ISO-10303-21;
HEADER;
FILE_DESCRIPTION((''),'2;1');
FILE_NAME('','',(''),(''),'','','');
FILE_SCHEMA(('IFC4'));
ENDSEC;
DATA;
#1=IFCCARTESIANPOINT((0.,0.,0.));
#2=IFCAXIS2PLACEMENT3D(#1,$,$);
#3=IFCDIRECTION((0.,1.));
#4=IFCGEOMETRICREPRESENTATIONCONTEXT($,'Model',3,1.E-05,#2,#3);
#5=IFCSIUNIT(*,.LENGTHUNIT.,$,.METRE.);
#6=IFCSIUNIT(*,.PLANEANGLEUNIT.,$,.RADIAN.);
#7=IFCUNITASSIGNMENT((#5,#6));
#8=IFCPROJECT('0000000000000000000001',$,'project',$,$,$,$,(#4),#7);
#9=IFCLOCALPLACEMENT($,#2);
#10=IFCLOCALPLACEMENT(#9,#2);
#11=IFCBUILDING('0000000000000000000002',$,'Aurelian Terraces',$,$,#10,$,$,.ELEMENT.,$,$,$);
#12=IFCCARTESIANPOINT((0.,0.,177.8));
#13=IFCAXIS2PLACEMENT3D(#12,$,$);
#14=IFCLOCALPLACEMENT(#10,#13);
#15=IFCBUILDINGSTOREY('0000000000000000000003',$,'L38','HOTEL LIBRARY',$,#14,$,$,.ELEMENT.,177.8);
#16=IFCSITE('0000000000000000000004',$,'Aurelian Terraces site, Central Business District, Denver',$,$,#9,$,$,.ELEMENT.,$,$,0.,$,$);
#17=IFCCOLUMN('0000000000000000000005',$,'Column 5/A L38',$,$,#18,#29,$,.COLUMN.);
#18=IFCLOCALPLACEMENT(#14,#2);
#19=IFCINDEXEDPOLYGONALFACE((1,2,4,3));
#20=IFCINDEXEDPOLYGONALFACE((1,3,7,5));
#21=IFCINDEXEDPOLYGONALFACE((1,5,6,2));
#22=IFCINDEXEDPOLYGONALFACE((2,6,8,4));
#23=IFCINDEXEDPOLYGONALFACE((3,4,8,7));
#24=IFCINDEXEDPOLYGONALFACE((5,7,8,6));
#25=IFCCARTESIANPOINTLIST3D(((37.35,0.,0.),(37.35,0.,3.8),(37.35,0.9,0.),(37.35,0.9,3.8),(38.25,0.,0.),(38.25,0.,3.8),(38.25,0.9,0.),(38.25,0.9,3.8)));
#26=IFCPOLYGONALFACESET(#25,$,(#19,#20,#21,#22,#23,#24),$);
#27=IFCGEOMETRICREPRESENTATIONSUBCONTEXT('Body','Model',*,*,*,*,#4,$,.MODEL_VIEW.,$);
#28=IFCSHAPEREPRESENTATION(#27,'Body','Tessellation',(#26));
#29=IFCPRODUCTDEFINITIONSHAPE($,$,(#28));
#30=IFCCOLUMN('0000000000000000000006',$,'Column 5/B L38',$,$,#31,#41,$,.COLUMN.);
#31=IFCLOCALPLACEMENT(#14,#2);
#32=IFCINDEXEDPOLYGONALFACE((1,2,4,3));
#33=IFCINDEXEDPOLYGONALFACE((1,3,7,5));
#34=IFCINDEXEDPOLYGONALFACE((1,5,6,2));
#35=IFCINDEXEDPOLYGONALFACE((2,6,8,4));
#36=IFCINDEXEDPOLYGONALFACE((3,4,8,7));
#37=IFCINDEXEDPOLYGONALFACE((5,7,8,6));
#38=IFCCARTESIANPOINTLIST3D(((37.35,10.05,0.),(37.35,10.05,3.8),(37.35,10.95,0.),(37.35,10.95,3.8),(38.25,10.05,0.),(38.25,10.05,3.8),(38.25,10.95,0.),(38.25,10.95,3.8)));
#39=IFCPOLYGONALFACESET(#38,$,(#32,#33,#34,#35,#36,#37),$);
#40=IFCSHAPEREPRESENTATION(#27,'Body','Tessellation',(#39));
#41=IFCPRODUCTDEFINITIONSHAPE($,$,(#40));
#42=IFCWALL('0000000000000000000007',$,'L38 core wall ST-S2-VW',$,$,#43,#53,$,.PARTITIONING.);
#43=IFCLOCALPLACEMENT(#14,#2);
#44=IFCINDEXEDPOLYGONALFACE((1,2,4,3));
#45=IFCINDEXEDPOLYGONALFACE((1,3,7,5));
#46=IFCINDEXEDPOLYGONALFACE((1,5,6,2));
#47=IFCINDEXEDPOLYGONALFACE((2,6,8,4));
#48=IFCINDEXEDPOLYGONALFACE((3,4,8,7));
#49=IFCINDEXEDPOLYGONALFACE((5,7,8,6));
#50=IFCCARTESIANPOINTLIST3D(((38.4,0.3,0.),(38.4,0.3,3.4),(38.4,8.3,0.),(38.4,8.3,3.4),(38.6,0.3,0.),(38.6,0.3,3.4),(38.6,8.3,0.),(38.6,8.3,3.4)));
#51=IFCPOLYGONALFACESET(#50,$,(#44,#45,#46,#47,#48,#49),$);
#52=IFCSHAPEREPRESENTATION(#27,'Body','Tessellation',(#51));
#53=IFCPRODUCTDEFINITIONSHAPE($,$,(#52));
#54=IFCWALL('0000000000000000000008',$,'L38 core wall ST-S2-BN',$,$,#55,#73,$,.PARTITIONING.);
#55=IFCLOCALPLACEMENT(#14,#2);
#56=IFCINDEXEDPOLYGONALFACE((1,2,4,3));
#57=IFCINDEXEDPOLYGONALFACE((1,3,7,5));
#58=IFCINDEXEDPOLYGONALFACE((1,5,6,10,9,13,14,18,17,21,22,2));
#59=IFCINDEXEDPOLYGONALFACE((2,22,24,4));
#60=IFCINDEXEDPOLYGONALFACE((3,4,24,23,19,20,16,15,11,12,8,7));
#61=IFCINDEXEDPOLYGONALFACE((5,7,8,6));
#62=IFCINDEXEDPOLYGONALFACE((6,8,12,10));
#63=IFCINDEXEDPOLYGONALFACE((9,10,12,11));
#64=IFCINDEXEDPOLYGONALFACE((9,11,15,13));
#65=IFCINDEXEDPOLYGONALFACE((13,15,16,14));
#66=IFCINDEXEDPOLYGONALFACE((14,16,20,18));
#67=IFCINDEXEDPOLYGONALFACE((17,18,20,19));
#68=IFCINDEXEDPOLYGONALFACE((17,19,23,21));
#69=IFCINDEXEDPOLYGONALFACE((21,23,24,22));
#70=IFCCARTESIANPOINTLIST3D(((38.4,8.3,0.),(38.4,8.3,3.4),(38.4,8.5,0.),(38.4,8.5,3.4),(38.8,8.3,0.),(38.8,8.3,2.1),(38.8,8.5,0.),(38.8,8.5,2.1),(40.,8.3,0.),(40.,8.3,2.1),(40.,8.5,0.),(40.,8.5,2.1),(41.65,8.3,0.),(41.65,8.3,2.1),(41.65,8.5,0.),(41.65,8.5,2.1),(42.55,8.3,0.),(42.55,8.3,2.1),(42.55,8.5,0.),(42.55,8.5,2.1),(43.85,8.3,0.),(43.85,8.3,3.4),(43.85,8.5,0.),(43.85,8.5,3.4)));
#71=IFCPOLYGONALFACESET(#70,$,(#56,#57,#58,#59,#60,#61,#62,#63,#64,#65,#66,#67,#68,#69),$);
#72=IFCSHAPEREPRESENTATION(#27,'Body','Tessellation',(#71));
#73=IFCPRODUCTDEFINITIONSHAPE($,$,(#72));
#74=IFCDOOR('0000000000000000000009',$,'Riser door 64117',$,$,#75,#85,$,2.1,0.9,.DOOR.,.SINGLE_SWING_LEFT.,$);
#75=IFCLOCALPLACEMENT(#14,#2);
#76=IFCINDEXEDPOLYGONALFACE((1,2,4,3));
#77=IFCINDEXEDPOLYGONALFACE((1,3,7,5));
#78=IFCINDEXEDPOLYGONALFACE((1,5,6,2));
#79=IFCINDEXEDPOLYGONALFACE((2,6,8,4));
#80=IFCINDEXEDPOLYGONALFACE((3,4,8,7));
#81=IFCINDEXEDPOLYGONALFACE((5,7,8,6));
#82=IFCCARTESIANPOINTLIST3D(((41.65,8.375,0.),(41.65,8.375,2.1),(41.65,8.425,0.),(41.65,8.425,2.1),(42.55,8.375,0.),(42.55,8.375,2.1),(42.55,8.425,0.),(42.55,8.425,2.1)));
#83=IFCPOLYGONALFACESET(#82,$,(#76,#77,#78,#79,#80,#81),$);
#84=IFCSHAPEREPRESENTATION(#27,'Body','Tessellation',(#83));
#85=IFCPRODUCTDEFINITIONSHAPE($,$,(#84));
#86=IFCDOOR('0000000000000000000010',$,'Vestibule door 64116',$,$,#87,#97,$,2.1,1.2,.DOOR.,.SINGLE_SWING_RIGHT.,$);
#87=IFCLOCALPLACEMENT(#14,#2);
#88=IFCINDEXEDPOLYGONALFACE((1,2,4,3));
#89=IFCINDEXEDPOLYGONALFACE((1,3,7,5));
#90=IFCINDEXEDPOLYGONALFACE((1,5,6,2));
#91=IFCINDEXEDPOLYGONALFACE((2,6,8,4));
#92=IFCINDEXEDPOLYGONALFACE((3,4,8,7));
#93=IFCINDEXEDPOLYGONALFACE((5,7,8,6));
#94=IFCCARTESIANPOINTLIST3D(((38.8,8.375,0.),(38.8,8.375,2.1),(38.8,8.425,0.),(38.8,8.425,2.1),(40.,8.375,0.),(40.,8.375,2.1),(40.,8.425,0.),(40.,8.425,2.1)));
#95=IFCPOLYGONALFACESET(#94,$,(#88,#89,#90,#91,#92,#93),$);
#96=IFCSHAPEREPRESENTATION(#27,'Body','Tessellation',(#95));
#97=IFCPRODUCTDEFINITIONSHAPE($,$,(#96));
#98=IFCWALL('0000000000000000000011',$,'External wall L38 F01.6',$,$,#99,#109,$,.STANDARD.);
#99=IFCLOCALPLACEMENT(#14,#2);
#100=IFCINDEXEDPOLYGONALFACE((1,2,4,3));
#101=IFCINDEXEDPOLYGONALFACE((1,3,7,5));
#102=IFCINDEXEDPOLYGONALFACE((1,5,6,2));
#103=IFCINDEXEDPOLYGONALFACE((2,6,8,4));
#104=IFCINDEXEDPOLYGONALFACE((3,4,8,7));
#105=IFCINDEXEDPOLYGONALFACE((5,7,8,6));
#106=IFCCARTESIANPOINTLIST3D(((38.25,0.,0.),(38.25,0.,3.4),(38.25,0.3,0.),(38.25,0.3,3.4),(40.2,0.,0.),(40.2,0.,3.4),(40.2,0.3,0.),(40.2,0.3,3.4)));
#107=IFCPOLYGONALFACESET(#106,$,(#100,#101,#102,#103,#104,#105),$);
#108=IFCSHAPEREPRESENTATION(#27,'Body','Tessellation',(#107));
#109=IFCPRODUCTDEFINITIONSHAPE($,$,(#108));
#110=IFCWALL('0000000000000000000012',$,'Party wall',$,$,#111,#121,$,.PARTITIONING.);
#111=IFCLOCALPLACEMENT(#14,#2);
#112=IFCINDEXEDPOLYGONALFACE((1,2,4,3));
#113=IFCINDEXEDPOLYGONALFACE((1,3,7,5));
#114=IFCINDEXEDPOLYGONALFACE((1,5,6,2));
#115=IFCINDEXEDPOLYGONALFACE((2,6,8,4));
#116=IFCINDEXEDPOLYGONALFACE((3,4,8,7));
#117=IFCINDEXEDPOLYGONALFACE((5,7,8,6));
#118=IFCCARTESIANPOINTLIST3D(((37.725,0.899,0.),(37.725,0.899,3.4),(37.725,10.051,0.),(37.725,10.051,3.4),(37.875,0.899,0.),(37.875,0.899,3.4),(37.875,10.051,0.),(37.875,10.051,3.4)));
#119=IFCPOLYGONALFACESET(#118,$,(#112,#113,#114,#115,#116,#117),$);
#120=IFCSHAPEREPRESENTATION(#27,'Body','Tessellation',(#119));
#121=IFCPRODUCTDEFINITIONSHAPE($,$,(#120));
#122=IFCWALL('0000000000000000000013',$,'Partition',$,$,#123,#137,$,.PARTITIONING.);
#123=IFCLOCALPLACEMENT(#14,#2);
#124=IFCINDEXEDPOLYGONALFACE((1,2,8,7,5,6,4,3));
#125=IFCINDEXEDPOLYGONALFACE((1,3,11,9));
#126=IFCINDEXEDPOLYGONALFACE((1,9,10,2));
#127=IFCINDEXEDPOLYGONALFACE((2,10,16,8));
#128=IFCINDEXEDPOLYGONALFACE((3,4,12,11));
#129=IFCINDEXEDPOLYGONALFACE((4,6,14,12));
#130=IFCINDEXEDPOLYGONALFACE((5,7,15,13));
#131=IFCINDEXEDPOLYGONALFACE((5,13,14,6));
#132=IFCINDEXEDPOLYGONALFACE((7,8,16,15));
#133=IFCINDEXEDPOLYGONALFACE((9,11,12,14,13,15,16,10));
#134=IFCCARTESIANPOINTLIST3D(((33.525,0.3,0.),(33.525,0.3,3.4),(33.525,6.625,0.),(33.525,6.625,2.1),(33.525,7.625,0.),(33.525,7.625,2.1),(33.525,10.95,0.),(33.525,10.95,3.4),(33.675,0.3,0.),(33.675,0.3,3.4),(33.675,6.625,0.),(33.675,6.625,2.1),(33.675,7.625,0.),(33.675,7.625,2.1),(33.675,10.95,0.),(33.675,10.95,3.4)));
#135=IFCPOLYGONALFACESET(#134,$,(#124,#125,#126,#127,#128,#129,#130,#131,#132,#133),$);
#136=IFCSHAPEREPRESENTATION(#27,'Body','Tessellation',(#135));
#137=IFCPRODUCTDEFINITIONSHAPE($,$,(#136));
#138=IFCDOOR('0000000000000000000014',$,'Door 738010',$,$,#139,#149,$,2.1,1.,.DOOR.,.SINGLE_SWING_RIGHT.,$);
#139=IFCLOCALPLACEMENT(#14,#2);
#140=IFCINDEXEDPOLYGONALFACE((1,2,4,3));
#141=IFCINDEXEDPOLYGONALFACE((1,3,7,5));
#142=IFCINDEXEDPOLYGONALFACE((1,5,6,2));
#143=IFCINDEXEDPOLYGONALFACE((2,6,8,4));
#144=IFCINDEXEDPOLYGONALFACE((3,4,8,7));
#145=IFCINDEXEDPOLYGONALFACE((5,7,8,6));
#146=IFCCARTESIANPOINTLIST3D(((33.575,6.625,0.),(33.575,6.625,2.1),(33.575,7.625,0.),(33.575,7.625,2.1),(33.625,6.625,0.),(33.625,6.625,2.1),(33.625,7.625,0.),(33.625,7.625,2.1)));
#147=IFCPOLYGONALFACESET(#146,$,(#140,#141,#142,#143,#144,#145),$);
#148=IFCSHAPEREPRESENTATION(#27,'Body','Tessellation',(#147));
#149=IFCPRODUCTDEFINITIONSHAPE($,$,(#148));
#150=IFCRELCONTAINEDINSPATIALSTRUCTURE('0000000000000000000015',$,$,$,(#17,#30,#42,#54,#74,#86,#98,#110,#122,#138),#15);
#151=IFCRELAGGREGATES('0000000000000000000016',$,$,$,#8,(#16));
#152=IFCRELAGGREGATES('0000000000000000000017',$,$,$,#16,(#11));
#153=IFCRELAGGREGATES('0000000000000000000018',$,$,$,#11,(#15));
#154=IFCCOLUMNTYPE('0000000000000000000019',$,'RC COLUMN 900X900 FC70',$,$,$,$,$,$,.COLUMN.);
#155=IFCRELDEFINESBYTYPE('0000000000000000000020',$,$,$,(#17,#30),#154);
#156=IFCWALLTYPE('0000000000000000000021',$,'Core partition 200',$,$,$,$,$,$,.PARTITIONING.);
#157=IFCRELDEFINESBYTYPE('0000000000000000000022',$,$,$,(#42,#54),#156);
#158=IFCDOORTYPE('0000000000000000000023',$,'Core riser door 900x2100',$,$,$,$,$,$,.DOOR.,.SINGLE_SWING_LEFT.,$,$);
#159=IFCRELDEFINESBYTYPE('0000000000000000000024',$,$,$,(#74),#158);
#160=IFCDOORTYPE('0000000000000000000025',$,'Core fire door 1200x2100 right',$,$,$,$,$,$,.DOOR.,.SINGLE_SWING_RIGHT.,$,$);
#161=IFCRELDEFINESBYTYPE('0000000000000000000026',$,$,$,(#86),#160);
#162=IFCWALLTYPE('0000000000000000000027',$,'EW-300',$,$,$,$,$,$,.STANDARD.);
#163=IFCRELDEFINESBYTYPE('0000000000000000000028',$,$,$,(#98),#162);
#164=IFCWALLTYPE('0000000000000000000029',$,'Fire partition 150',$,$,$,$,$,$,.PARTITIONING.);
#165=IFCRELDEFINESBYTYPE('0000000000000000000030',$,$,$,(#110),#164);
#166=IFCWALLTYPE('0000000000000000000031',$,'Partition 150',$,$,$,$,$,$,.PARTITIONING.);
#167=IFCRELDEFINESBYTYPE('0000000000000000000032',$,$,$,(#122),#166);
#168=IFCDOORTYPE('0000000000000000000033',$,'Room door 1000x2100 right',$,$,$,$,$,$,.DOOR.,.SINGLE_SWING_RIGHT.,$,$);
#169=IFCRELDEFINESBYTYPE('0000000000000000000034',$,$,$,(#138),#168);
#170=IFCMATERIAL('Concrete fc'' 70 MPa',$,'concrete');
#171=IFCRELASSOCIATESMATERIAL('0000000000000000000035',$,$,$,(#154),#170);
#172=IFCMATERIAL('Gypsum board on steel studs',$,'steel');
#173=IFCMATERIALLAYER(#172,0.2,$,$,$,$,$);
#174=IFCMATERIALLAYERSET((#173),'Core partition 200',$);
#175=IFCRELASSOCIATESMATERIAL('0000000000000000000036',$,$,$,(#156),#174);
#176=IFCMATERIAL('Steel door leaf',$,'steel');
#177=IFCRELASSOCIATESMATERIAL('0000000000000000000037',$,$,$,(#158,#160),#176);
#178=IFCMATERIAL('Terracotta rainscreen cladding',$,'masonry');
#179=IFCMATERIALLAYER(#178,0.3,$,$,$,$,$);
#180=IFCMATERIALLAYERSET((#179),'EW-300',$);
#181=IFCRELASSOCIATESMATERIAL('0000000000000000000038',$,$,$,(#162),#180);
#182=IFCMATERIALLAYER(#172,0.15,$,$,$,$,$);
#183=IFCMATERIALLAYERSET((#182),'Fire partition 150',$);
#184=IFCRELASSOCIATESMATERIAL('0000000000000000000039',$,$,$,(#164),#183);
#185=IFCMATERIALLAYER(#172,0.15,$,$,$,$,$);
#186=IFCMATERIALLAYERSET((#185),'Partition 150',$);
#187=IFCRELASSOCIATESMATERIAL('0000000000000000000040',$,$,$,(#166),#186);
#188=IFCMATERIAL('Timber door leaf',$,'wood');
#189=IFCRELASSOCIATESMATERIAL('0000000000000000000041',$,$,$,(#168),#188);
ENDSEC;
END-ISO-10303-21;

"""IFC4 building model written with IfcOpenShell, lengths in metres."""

from ifc_helpers import new_model, si_unit, direction, frame, frame_2d, origin, origin_2d, place, context, subcontext, project, spatial, rectangle, extrude, source, transform, mapped, material, layer, layer_set, material_profile, profile_set, type_object, element, fill, save


model = new_model("IFC4")

# Units and contexts
model_context = context("Model", 3, precision=1e-05, world=origin(), true_north=direction((0.0, 1.0)))
body_context = subcontext(model_context, "Body", "Model", "MODEL_VIEW")
ifc_project = project(units=[si_unit("LENGTHUNIT", "METRE"), si_unit("PLANEANGLEUNIT", "RADIAN")], contexts=[model_context])

# Site, building, storey
site_placement = place(None, origin())
site = spatial("IfcSite", under=ifc_project, at=site_placement, Name="Aurelian Terraces site, Central Business District, Denver", CompositionType="ELEMENT", RefElevation=0.0)
building_placement = place(site_placement, origin())
building = spatial("IfcBuilding", under=site, at=building_placement, Name="Aurelian Terraces", CompositionType="ELEMENT")
storey_placement = place(building_placement, frame((0.0, 0.0, 177.8)))
storey = spatial("IfcBuildingStorey", under=building, at=storey_placement, Name="L38", Description="HOTEL LIBRARY", CompositionType="ELEMENT", Elevation=177.8)

# Columns
ifc_material_1 = material(Name="Concrete fc' 70 MPa", Category="concrete")
ifc_material_profile = material_profile(ifc_material_1, rectangle(XDim=0.9, YDim=0.9, at=origin_2d()))
ifc_profile_set = profile_set([ifc_material_profile], Name="Concrete fc' 70 MPa")
column_type = type_object("IfcColumnType", Name="RC COLUMN 900X900 FC70", PredefinedType="COLUMN", material=ifc_profile_set)
shared_shape_1 = source(origin(), body_context, "Body", "SweptSolid", [
    extrude(rectangle(XDim=0.9, YDim=0.9, at=origin_2d()), origin(), (0.0, 0.0, 1.0), 3.8),
])
for number, where, z_axis, x_axis, name in (
    (1, (37.8, 0.45, 0.0), (0.0, 0.0, 1.0), (1.0, 0.0, 0.0), "Column 5/A L38"),
    (2, (37.8, 10.5, 0.0), (0.0, 0.0, 1.0), (1.0, 0.0, 0.0), "Column 5/B L38"),
):
    element("IfcColumn", number, at=place(storey_placement, frame(where, z_axis=z_axis, x_axis=x_axis)), inside=storey, type_object=column_type, Name=name, PredefinedType="COLUMN", context=body_context, shape_type="MappedRepresentation", body=[
        mapped(shared_shape_1, transform((0.0, 0.0, 0.0), scale=1.0)),
    ])

# Wall
ifc_material_2 = material(Name="Gypsum board on steel studs", Category="steel")
ifc_layer_1 = layer(ifc_material_2, 0.2)
ifc_layer_set_1 = layer_set([ifc_layer_1], Name="Core partition 200")
wall_type_1 = type_object("IfcWallType", Name="Core partition 200", PredefinedType="PARTITIONING", material=ifc_layer_set_1)
wall_1_placement = place(storey_placement, frame((38.5, 0.3, 0.0), z_axis=(0.0, 0.0, 1.0), x_axis=(0.0, 1.0, 0.0)))
element("IfcWall", 3, at=wall_1_placement, inside=storey, type_object=wall_type_1, Name="L38 core wall ST-S2-VW", PredefinedType="PARTITIONING", context=body_context, shape_type="SweptSolid", body=[
    extrude(rectangle(XDim=8.0, YDim=0.2, at=frame_2d((4.0, 0.0))), origin(), (0.0, 0.0, 1.0), 3.4),
])

# Wall, openings, doors
wall_2_placement = place(storey_placement, frame((38.4, 8.4, 0.0), z_axis=(0.0, 0.0, 1.0), x_axis=(1.0, 0.0, 0.0)))
wall_2 = element("IfcWall", 4, at=wall_2_placement, inside=storey, type_object=wall_type_1, Name="L38 core wall ST-S2-BN", PredefinedType="PARTITIONING", context=body_context, shape_type="SweptSolid", body=[
    extrude(rectangle(XDim=5.45, YDim=0.2, at=frame_2d((2.725, 0.0))), origin(), (0.0, 0.0, 1.0), 3.4),
])
shared_shape_2 = source(origin(), body_context, "Body", "SweptSolid", [
    extrude(rectangle(XDim=1.2, YDim=2.1, at=frame_2d((0.6, 1.05))), frame((0.0, 0.11, 0.0), z_axis=(0.0, -1.0, 0.0), x_axis=(1.0, 0.0, 0.0)), (0.0, 0.0, 1.0), 0.22),
])
opening_1_placement = place(wall_2_placement, frame((0.4, 0.0, 0.0)))
opening_1 = element("IfcOpeningElement", 5, at=opening_1_placement, cuts=wall_2, PredefinedType="OPENING", context=body_context, shape_type="MappedRepresentation", body=[
    mapped(shared_shape_2, transform((0.0, 0.0, 0.0), scale=1.0)),
])
shared_shape_3 = source(origin(), body_context, "Body", "SweptSolid", [
    extrude(rectangle(XDim=0.9, YDim=2.1, at=frame_2d((0.45, 1.05))), frame((0.0, 0.11, 0.0), z_axis=(0.0, -1.0, 0.0), x_axis=(1.0, 0.0, 0.0)), (0.0, 0.0, 1.0), 0.22),
])
opening_2_placement = place(wall_2_placement, frame((3.25, 0.0, 0.0)))
opening_2 = element("IfcOpeningElement", 6, at=opening_2_placement, cuts=wall_2, PredefinedType="OPENING", context=body_context, shape_type="MappedRepresentation", body=[
    mapped(shared_shape_3, transform((0.0, 0.0, 0.0), scale=1.0)),
])
ifc_material_3 = material(Name="Steel door leaf", Category="steel")
door_type_1 = type_object("IfcDoorType", Name="Core riser door 900x2100", OperationType="SINGLE_SWING_LEFT", PredefinedType="DOOR", material=ifc_material_3)
shared_shape_4 = source(origin(), body_context, "Body", "SweptSolid", [
    extrude(rectangle(XDim=0.9, YDim=2.1, at=frame_2d((0.45, 1.05))), frame((0.0, 0.025, 0.0), z_axis=(0.0, -1.0, 0.0), x_axis=(1.0, 0.0, 0.0)), (0.0, 0.0, 1.0), 0.05),
])
door_1_placement = place(opening_2_placement, origin())
door_1 = element("IfcDoor", 7, at=door_1_placement, inside=storey, type_object=door_type_1, Name="Riser door 64117", OperationType="SINGLE_SWING_LEFT", OverallHeight=2.1, OverallWidth=0.9, PredefinedType="DOOR", context=body_context, shape_type="MappedRepresentation", body=[
    mapped(shared_shape_4, transform((0.0, 0.0, 0.0), scale=1.0)),
])
fill(opening_2, door_1)
door_type_2 = type_object("IfcDoorType", Name="Core fire door 1200x2100 right", OperationType="SINGLE_SWING_RIGHT", PredefinedType="DOOR", material=ifc_material_3)
shared_shape_5 = source(origin(), body_context, "Body", "SweptSolid", [
    extrude(rectangle(XDim=1.2, YDim=2.1, at=frame_2d((0.6, 1.05))), frame((0.0, 0.025, 0.0), z_axis=(0.0, -1.0, 0.0), x_axis=(1.0, 0.0, 0.0)), (0.0, 0.0, 1.0), 0.05),
])
door_2_placement = place(opening_1_placement, origin())
door_2 = element("IfcDoor", 8, at=door_2_placement, inside=storey, type_object=door_type_2, Name="Vestibule door 64116", OperationType="SINGLE_SWING_RIGHT", OverallHeight=2.1, OverallWidth=1.2, PredefinedType="DOOR", context=body_context, shape_type="MappedRepresentation", body=[
    mapped(shared_shape_5, transform((0.0, 0.0, 0.0), scale=1.0)),
])
fill(opening_1, door_2)

# Walls
ifc_material_4 = material(Name="Terracotta rainscreen cladding", Category="masonry")
ifc_layer_2 = layer(ifc_material_4, 0.3)
ifc_layer_set_2 = layer_set([ifc_layer_2], Name="EW-300")
wall_type_2 = type_object("IfcWallType", Name="EW-300", PredefinedType="STANDARD", material=ifc_layer_set_2)
wall_3_placement = place(storey_placement, frame((38.25, 0.15, 0.0), z_axis=(0.0, 0.0, 1.0), x_axis=(1.0, 0.0, 0.0)))
element("IfcWall", 9, at=wall_3_placement, inside=storey, type_object=wall_type_2, Name="External wall L38 F01.6", PredefinedType="STANDARD", context=body_context, shape_type="SweptSolid", body=[
    extrude(rectangle(XDim=1.95, YDim=0.3, at=frame_2d((0.975, 0.0))), origin(), (0.0, 0.0, 1.0), 3.4),
])
ifc_layer_3 = layer(ifc_material_2, 0.15)
ifc_layer_set_3 = layer_set([ifc_layer_3], Name="Fire partition 150")
wall_type_3 = type_object("IfcWallType", Name="Fire partition 150", PredefinedType="PARTITIONING", material=ifc_layer_set_3)
wall_4_placement = place(storey_placement, frame((37.8, 0.899, 0.0), z_axis=(0.0, 0.0, 1.0), x_axis=(0.0, 1.0, 0.0)))
element("IfcWall", 10, at=wall_4_placement, inside=storey, type_object=wall_type_3, Name="Party wall", PredefinedType="PARTITIONING", context=body_context, shape_type="SweptSolid", body=[
    extrude(rectangle(XDim=9.152, YDim=0.15, at=frame_2d((4.576, 0.0))), origin(), (0.0, 0.0, 1.0), 3.4),
])

# Wall, opening, door
ifc_layer_4 = layer(ifc_material_2, 0.15)
ifc_layer_set_4 = layer_set([ifc_layer_4], Name="Partition 150")
wall_type_4 = type_object("IfcWallType", Name="Partition 150", PredefinedType="PARTITIONING", material=ifc_layer_set_4)
wall_5_placement = place(storey_placement, frame((33.6, 0.3, 0.0), z_axis=(0.0, 0.0, 1.0), x_axis=(0.0, 1.0, 0.0)))
wall_5 = element("IfcWall", 11, at=wall_5_placement, inside=storey, type_object=wall_type_4, Name="Partition", PredefinedType="PARTITIONING", context=body_context, shape_type="SweptSolid", body=[
    extrude(rectangle(XDim=10.65, YDim=0.15, at=frame_2d((5.325, 0.0))), origin(), (0.0, 0.0, 1.0), 3.4),
])
shared_shape_6 = source(origin(), body_context, "Body", "SweptSolid", [
    extrude(rectangle(XDim=1.0, YDim=2.1, at=frame_2d((0.5, 1.05))), frame((0.0, 0.085, 0.0), z_axis=(0.0, -1.0, 0.0), x_axis=(1.0, 0.0, 0.0)), (0.0, 0.0, 1.0), 0.17),
])
opening_3_placement = place(wall_5_placement, frame((6.325, 0.0, 0.0)))
opening_3 = element("IfcOpeningElement", 12, at=opening_3_placement, cuts=wall_5, PredefinedType="OPENING", context=body_context, shape_type="MappedRepresentation", body=[
    mapped(shared_shape_6, transform((0.0, 0.0, 0.0), scale=1.0)),
])
ifc_material_5 = material(Name="Timber door leaf", Category="wood")
door_type_3 = type_object("IfcDoorType", Name="Room door 1000x2100 right", OperationType="SINGLE_SWING_RIGHT", PredefinedType="DOOR", material=ifc_material_5)
shared_shape_7 = source(origin(), body_context, "Body", "SweptSolid", [
    extrude(rectangle(XDim=1.0, YDim=2.1, at=frame_2d((0.5, 1.05))), frame((0.0, 0.025, 0.0), z_axis=(0.0, -1.0, 0.0), x_axis=(1.0, 0.0, 0.0)), (0.0, 0.0, 1.0), 0.05),
])
door_3_placement = place(opening_3_placement, origin())
door_3 = element("IfcDoor", 13, at=door_3_placement, inside=storey, type_object=door_type_3, Name="Door 738010", OperationType="SINGLE_SWING_RIGHT", OverallHeight=2.1, OverallWidth=1.0, PredefinedType="DOOR", context=body_context, shape_type="MappedRepresentation", body=[
    mapped(shared_shape_7, transform((0.0, 0.0, 0.0), scale=1.0)),
])
fill(opening_3, door_3)

save(model, "model.ifc")
